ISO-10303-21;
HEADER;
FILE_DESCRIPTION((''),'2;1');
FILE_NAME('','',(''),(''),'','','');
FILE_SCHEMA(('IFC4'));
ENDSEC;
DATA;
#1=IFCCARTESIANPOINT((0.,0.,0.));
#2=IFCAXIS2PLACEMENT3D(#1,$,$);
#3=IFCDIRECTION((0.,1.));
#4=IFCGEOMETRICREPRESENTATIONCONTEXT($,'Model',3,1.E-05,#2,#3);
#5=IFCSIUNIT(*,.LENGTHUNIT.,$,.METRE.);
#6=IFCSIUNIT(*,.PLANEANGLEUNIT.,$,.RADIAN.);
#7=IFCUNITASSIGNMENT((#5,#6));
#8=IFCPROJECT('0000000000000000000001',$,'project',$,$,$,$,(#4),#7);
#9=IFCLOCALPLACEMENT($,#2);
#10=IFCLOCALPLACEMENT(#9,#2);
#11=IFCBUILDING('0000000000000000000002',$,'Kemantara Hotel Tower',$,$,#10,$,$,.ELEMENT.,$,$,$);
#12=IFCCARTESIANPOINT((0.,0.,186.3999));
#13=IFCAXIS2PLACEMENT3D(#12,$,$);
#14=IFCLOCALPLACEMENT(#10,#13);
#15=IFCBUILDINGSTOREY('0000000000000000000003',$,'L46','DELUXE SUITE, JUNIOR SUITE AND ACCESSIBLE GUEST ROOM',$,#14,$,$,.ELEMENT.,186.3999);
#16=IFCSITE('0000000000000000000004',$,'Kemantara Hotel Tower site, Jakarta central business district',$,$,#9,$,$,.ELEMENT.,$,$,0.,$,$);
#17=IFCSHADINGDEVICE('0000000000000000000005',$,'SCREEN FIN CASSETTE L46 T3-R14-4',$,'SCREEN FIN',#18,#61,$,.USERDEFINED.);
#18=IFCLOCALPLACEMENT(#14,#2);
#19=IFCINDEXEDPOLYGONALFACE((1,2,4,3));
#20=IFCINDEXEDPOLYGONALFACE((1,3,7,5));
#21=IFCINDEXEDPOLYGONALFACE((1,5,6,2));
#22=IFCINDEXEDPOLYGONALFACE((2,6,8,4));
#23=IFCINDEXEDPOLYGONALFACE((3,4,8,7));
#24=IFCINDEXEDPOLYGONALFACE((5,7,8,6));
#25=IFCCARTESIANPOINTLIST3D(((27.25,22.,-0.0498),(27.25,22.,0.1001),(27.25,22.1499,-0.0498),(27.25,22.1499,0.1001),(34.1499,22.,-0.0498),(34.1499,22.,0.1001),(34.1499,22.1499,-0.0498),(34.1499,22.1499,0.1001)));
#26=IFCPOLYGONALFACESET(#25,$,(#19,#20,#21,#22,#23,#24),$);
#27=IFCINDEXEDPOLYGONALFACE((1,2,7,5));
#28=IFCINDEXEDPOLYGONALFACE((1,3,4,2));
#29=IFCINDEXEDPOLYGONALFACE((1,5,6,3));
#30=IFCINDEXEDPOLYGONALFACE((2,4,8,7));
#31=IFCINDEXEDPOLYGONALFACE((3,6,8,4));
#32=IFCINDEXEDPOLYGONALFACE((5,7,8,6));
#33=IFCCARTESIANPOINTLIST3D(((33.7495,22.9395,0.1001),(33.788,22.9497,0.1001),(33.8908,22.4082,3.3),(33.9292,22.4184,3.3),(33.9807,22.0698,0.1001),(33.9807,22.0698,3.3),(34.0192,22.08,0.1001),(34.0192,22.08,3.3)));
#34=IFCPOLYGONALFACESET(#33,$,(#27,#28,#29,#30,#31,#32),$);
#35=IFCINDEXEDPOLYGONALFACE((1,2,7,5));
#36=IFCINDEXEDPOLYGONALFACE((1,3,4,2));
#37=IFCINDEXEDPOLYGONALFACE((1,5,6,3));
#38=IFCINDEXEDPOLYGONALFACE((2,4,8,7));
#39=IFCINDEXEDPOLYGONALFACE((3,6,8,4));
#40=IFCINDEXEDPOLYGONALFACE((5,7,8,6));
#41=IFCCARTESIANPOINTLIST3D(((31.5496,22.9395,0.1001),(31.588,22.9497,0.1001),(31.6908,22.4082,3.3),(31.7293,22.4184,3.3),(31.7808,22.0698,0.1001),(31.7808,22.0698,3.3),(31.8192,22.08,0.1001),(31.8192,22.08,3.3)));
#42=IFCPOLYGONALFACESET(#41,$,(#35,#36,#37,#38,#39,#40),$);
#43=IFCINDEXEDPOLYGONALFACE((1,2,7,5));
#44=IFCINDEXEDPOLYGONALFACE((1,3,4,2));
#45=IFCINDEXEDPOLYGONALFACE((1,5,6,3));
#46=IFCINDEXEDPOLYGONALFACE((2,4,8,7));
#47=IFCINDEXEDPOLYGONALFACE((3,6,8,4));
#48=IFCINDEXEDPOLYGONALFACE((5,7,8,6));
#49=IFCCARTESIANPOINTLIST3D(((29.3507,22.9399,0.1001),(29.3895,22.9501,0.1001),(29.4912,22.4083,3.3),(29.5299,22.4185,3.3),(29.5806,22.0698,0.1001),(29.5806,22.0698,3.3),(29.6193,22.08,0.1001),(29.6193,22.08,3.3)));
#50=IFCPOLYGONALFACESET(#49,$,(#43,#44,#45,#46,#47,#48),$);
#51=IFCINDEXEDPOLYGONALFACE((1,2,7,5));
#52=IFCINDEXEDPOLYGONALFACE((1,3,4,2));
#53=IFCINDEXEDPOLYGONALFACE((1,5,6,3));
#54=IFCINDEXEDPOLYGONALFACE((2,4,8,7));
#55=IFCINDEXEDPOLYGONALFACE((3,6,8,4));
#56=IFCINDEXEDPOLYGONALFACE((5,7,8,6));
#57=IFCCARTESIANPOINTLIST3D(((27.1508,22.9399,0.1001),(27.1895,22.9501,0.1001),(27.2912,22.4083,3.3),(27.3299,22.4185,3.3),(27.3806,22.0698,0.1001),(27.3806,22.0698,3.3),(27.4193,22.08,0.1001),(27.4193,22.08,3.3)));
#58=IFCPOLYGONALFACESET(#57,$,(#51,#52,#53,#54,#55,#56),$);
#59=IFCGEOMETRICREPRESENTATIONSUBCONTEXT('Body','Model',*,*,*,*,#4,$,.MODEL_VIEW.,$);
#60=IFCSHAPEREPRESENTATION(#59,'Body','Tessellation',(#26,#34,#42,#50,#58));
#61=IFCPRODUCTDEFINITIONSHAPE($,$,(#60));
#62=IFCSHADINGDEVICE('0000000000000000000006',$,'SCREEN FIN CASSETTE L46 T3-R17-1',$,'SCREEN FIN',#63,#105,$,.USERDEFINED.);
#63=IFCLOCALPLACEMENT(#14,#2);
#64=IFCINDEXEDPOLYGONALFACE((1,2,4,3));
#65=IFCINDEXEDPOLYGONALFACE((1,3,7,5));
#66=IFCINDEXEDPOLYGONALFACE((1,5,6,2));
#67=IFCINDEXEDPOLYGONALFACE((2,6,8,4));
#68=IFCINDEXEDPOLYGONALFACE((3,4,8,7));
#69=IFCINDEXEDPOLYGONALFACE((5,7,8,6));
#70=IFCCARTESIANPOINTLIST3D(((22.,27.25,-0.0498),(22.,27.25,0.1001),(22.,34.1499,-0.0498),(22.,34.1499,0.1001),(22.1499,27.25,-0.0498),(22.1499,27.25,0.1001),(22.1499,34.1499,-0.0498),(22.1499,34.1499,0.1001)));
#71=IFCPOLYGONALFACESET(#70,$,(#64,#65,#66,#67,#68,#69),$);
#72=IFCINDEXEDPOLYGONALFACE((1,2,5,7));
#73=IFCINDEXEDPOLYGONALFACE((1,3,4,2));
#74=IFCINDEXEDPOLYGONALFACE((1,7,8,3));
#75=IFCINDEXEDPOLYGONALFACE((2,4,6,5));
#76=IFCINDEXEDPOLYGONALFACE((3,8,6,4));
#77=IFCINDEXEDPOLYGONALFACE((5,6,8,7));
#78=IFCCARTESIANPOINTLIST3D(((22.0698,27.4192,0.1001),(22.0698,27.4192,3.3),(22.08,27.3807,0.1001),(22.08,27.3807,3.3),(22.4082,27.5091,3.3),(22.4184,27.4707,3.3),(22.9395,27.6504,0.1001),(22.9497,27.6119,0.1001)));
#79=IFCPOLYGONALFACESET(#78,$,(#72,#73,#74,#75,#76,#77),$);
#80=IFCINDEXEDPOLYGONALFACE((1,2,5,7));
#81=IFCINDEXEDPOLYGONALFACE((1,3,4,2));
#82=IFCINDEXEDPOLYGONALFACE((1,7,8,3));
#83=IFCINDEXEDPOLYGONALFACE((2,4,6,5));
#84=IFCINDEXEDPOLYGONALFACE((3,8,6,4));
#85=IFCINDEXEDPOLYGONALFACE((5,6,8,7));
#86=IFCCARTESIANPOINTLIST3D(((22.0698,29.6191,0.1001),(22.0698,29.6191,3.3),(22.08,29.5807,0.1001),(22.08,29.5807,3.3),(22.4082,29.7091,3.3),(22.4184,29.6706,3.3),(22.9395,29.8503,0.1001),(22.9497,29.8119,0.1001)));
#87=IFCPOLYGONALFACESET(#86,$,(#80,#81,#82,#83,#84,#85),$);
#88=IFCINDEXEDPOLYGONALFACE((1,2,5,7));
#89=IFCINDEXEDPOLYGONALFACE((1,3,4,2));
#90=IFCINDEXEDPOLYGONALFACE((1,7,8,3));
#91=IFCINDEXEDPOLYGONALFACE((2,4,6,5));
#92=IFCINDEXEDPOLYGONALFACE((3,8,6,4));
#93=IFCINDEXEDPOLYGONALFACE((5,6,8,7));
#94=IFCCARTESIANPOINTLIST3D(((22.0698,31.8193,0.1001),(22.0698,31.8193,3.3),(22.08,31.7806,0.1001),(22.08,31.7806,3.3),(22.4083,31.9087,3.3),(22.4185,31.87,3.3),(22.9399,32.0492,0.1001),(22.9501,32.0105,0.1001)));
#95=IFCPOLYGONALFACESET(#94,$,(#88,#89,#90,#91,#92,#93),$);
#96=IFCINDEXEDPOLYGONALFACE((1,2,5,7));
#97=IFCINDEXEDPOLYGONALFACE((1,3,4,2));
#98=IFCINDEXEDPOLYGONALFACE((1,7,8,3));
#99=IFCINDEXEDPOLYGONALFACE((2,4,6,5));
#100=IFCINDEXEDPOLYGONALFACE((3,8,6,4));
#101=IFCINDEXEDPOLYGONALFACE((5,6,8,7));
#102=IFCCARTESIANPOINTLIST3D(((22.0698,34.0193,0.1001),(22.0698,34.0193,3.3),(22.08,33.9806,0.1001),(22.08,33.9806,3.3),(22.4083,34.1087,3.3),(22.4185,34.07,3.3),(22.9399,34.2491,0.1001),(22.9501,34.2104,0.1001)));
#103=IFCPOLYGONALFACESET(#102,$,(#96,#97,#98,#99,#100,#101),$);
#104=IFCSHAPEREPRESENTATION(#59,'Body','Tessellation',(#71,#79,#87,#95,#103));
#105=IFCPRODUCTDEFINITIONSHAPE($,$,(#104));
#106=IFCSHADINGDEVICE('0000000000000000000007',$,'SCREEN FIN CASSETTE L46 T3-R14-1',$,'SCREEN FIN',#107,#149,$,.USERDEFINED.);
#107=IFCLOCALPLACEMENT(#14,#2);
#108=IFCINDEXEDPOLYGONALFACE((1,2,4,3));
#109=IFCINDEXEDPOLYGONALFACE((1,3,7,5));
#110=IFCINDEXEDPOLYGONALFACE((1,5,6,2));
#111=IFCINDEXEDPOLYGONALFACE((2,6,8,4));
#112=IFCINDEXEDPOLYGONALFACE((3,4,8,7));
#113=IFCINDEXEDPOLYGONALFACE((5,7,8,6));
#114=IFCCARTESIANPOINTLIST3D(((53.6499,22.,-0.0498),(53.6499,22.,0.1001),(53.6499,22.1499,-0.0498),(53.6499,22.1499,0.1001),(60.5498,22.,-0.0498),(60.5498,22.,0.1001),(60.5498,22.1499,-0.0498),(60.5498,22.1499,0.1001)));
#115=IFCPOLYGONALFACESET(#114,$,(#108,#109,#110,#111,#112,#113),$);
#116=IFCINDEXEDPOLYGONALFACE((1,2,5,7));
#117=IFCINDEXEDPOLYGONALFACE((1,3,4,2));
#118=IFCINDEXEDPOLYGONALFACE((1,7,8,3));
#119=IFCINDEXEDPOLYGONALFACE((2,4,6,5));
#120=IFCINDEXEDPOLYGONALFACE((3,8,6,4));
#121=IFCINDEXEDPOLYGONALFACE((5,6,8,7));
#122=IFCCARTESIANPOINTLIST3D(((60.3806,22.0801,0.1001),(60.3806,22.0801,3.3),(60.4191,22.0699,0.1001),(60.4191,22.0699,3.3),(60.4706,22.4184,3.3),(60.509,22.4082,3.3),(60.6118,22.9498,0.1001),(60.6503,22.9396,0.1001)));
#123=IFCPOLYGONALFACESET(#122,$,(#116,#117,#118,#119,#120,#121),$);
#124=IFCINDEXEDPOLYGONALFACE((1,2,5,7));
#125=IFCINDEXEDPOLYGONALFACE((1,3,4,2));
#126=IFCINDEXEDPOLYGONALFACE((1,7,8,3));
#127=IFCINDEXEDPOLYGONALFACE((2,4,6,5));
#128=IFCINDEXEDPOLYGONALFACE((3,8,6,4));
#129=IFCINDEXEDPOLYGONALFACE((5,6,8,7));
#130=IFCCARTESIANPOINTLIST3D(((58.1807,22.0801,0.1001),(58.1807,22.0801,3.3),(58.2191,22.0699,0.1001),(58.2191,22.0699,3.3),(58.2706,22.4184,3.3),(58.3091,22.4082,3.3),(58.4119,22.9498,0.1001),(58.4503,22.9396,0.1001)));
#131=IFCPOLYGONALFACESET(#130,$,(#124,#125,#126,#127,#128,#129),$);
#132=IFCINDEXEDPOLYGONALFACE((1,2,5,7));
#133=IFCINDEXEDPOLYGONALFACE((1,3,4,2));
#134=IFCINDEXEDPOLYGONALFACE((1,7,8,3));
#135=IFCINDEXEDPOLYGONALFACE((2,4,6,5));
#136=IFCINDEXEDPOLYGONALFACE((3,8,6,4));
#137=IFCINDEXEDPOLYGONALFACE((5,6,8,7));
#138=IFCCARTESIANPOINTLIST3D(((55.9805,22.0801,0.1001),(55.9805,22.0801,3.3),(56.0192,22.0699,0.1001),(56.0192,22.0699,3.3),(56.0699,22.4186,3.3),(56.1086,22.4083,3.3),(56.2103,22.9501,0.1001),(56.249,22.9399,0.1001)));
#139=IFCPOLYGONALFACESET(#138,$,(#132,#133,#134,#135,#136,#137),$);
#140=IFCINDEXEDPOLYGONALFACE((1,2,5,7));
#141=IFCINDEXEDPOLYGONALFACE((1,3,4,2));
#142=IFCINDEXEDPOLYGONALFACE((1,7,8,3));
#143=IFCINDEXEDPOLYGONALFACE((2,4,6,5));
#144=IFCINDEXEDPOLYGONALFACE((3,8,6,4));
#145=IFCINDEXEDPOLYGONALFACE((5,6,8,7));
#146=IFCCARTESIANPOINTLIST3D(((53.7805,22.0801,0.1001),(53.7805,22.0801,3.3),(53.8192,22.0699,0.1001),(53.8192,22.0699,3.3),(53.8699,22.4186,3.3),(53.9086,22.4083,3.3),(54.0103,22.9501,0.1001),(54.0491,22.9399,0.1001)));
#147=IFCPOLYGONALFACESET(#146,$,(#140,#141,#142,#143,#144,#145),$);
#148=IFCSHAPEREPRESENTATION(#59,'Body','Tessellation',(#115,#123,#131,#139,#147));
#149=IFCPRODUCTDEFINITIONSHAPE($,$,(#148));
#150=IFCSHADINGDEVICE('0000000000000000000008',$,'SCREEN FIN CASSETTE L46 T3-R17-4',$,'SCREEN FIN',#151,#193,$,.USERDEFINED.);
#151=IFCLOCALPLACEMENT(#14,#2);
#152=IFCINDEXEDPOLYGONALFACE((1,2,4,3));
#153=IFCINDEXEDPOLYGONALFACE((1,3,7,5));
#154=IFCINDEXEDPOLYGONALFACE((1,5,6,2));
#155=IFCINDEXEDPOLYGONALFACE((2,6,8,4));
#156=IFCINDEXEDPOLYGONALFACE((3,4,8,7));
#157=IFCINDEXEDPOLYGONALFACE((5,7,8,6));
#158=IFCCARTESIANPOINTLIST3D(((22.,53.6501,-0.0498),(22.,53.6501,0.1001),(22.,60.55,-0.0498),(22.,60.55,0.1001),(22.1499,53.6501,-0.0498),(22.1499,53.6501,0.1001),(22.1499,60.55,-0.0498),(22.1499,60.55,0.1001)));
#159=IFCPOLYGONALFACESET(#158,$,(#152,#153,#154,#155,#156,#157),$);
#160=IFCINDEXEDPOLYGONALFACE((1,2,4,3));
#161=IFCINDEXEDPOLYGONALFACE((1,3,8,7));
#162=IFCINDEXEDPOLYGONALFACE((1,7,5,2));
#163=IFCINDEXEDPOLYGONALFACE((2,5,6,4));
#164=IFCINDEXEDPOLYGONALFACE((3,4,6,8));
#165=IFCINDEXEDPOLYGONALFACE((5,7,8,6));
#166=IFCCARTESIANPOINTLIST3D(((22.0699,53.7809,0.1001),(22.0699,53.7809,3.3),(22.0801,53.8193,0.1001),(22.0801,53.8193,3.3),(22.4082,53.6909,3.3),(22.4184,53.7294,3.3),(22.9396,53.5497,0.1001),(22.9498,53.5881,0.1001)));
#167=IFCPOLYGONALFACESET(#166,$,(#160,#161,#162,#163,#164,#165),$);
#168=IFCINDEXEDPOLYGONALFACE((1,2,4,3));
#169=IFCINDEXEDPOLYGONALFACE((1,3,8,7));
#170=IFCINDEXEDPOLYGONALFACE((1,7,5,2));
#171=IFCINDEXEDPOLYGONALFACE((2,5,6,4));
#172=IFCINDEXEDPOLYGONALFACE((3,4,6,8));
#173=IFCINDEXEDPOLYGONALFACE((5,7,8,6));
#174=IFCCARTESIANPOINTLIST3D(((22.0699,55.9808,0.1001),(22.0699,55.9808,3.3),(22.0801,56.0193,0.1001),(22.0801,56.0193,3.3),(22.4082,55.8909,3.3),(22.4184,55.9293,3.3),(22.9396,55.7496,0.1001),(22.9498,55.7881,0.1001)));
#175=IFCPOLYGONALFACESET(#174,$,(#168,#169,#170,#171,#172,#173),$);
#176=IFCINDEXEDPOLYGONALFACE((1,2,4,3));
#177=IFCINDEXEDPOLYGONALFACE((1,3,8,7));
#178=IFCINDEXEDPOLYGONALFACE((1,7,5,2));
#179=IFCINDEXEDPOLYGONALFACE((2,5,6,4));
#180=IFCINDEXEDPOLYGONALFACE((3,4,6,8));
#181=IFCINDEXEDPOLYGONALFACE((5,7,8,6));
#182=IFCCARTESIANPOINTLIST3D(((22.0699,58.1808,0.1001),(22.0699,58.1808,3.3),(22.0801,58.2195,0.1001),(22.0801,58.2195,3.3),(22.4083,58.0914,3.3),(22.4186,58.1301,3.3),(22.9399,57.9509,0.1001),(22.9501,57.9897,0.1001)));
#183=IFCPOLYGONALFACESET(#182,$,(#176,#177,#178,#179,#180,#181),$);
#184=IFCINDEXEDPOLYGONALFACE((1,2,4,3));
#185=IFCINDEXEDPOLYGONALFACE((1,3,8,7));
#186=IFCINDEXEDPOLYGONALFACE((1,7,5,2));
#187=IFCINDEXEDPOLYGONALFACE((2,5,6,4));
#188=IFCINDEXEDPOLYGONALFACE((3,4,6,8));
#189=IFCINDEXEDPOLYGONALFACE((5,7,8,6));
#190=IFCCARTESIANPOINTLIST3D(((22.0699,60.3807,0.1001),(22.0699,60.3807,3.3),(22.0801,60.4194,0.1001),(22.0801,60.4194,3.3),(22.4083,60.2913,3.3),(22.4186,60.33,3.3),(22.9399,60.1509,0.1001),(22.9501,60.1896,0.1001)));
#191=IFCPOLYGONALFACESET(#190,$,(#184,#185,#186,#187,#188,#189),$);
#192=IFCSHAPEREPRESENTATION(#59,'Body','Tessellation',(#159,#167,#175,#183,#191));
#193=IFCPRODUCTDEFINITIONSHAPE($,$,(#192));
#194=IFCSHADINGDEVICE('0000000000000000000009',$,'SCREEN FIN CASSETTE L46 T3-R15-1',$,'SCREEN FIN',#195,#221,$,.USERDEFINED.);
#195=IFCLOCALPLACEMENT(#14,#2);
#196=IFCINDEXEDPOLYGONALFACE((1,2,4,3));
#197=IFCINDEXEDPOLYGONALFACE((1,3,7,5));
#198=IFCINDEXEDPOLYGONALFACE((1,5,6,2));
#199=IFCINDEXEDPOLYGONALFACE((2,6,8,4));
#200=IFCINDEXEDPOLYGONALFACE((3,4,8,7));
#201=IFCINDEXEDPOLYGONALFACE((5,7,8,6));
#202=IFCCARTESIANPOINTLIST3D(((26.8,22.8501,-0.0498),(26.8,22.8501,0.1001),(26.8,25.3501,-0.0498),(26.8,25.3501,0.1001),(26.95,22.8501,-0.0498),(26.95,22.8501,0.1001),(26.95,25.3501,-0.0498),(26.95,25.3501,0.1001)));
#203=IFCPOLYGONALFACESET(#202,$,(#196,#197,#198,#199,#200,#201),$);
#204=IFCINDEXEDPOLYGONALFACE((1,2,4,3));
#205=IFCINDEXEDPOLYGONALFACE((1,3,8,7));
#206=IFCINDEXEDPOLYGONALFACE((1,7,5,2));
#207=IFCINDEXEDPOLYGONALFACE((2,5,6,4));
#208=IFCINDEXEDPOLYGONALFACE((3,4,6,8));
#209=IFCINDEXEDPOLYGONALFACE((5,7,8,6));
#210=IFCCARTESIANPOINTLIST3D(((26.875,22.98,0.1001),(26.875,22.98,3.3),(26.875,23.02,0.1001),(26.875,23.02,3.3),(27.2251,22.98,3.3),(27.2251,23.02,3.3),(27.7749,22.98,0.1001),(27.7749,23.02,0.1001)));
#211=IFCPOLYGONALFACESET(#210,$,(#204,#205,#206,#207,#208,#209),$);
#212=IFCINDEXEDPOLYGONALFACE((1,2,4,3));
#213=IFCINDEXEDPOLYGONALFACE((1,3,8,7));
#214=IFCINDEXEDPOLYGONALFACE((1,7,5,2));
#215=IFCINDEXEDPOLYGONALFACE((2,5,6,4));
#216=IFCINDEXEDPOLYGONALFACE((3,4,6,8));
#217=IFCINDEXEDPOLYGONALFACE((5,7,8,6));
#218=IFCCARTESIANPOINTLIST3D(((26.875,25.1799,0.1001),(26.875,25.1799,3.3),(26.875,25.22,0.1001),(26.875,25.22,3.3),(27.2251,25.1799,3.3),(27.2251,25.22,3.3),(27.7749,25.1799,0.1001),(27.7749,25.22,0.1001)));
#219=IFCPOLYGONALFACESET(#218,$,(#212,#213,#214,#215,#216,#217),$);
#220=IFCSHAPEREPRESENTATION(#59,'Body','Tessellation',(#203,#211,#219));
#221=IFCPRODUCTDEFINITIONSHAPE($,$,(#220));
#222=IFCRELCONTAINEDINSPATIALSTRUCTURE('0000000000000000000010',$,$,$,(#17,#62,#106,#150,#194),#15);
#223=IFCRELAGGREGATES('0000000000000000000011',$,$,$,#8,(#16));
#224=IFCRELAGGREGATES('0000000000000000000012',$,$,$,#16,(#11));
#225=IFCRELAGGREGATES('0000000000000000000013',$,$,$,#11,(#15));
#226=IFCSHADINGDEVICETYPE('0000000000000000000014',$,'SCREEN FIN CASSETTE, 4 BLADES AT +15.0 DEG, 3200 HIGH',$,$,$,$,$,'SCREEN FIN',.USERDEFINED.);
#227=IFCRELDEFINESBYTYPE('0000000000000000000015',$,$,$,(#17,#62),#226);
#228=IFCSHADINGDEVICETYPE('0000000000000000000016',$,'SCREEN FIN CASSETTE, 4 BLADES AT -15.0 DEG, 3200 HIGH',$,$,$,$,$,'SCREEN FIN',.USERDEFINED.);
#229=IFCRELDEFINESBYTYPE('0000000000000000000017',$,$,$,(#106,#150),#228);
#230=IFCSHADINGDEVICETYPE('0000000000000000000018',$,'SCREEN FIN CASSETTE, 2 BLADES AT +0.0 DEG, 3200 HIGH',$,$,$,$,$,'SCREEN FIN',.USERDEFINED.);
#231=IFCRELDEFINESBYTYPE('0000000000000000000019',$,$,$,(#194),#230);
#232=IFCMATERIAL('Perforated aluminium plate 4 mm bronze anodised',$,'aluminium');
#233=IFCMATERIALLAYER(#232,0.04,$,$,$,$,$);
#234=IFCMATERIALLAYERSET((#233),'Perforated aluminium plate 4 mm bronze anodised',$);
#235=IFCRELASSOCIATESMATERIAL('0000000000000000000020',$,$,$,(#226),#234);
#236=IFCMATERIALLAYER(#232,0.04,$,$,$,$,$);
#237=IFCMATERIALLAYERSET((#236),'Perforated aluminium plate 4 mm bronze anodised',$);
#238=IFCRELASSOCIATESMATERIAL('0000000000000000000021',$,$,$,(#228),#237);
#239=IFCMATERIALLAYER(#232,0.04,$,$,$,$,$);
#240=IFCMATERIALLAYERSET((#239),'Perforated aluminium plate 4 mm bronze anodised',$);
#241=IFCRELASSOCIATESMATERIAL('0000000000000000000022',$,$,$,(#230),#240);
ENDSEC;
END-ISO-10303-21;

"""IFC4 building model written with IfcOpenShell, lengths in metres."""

from ifc_helpers import new_model, si_unit, direction, frame, origin, origin_2d, place, context, subcontext, project, spatial, polyline, rectangle, outline, extrude, source, transform, mapped, material, layer, layer_set, type_object, element, save


model = new_model("IFC4")

# Units and contexts
model_context = context("Model", 3, precision=1e-05, world=origin(), true_north=direction((0.0, 1.0)))
body_context = subcontext(model_context, "Body", "Model", "MODEL_VIEW")
ifc_project = project(units=[si_unit("LENGTHUNIT", "METRE"), si_unit("PLANEANGLEUNIT", "RADIAN")], contexts=[model_context])

# Site, building, storey
site_placement = place(None, origin())
site = spatial("IfcSite", under=ifc_project, at=site_placement, Name="Kemantara Hotel Tower site, Jakarta central business district", CompositionType="ELEMENT", RefElevation=0.0)
building_placement = place(site_placement, origin())
building = spatial("IfcBuilding", under=site, at=building_placement, Name="Kemantara Hotel Tower", CompositionType="ELEMENT")
storey_placement = place(building_placement, frame((0.0, 0.0, 186.3999)))
storey = spatial("IfcBuildingStorey", under=building, at=storey_placement, Name="L46", Description="DELUXE SUITE, JUNIOR SUITE AND ACCESSIBLE GUEST ROOM", CompositionType="ELEMENT", Elevation=186.3999)

# Shading devices
ifc_material_1 = material(Name="Perforated aluminium plate 4 mm bronze anodised", Category="aluminium")
ifc_layer_1 = layer(ifc_material_1, 0.04)
ifc_layer_set_1 = layer_set([ifc_layer_1], Name="Perforated aluminium plate 4 mm bronze anodised")
shading_device_type_1 = type_object("IfcShadingDeviceType", Name="SCREEN FIN CASSETTE, 4 BLADES AT +15.0 DEG, 3200 HIGH", ElementType="SCREEN FIN", PredefinedType="USERDEFINED", material=ifc_layer_set_1)
shared_shape_1 = source(origin(), body_context, "Body", "SweptSolid", [
    extrude(rectangle(XDim=6.8999, YDim=0.1499, at=origin_2d()), frame((3.3, -0.075, -0.1499), z_axis=(0.0, 0.0, 1.0), x_axis=(1.0, 0.0, 0.0)), (0.0, 0.0, 1.0), 0.1499),
    extrude(outline(polyline([(0.0, 0.0), (0.8999, 0.0), (0.3501, 3.2), (0.0, 3.2), (0.0, 0.0)])), frame((0.0193, -0.0698, 0.0), z_axis=(-0.966438, -0.256901, 0.0), x_axis=(0.256901, -0.966438, 0.0)), (0.0, 0.0, 1.0), 0.0398),
    extrude(outline(polyline([(0.0, 0.0), (0.8999, 0.0), (0.3501, 3.2), (0.0, 3.2), (0.0, 0.0)])), frame((2.2192, -0.0698, 0.0), z_axis=(-0.966438, -0.256901, 0.0), x_axis=(0.256901, -0.966438, 0.0)), (0.0, 0.0, 1.0), 0.0398),
    extrude(outline(polyline([(0.0, 0.0), (0.8999, 0.0), (0.3501, 3.2), (0.0, 3.2), (0.0, 0.0)])), frame((4.4194, -0.0698, 0.0), z_axis=(-0.966838, -0.255391, 0.0), x_axis=(0.255391, -0.966838, 0.0)), (0.0, 0.0, 1.0), 0.04),
    extrude(outline(polyline([(0.0, 0.0), (0.8999, 0.0), (0.3501, 3.2), (0.0, 3.2), (0.0, 0.0)])), frame((6.6194, -0.0698, 0.0), z_axis=(-0.966838, -0.255391, 0.0), x_axis=(0.255391, -0.966838, 0.0)), (0.0, 0.0, 1.0), 0.04),
])
for number, where, z_axis, x_axis, name in (
    (1, (34.0, 22.0, 0.1001), (0.0, 0.0, 1.0), (-1.0, 0.0, 0.0), "SCREEN FIN CASSETTE L46 T3-R14-4"),
    (2, (22.0, 27.3999, 0.1001), (0.0, 0.0, 1.0), (0.0, 1.0, 0.0), "SCREEN FIN CASSETTE L46 T3-R17-1"),
):
    element("IfcShadingDevice", number, at=place(storey_placement, frame(where, z_axis=z_axis, x_axis=x_axis)), inside=storey, type_object=shading_device_type_1, Name=name, ObjectType="SCREEN FIN", PredefinedType="USERDEFINED", context=body_context, shape_type="MappedRepresentation", body=[
        mapped(shared_shape_1, transform((0.0, 0.0, 0.0))),
    ])
ifc_layer_2 = layer(ifc_material_1, 0.04)
ifc_layer_set_2 = layer_set([ifc_layer_2], Name="Perforated aluminium plate 4 mm bronze anodised")
shading_device_type_2 = type_object("IfcShadingDeviceType", Name="SCREEN FIN CASSETTE, 4 BLADES AT -15.0 DEG, 3200 HIGH", ElementType="SCREEN FIN", PredefinedType="USERDEFINED", material=ifc_layer_set_2)
shared_shape_2 = source(origin(), body_context, "Body", "SweptSolid", [
    extrude(rectangle(XDim=6.8999, YDim=0.1499, at=origin_2d()), frame((3.3, -0.075, -0.1499), z_axis=(0.0, 0.0, 1.0), x_axis=(1.0, 0.0, 0.0)), (0.0, 0.0, 1.0), 0.1499),
    extrude(outline(polyline([(0.0, 0.0), (0.8999, 0.0), (0.3501, 3.2), (0.0, 3.2), (0.0, 0.0)])), frame((0.0193, -0.0801, 0.0), z_axis=(-0.966438, 0.256901, 0.0), x_axis=(-0.256901, -0.966438, 0.0)), (0.0, 0.0, 1.0), 0.0398),
    extrude(outline(polyline([(0.0, 0.0), (0.8999, 0.0), (0.3501, 3.2), (0.0, 3.2), (0.0, 0.0)])), frame((2.2192, -0.0801, 0.0), z_axis=(-0.966438, 0.256901, 0.0), x_axis=(-0.256901, -0.966438, 0.0)), (0.0, 0.0, 1.0), 0.0398),
    extrude(outline(polyline([(0.0, 0.0), (0.8999, 0.0), (0.3501, 3.2), (0.0, 3.2), (0.0, 0.0)])), frame((4.4194, -0.0801, 0.0), z_axis=(-0.966838, 0.255391, 0.0), x_axis=(-0.255391, -0.966838, 0.0)), (0.0, 0.0, 1.0), 0.04),
    extrude(outline(polyline([(0.0, 0.0), (0.8999, 0.0), (0.3501, 3.2), (0.0, 3.2), (0.0, 0.0)])), frame((6.6194, -0.0801, 0.0), z_axis=(-0.966838, 0.255391, 0.0), x_axis=(-0.255391, -0.966838, 0.0)), (0.0, 0.0, 1.0), 0.04),
])
for number, where, z_axis, x_axis, name in (
    (3, (60.3999, 22.0, 0.1001), (0.0, 0.0, 1.0), (-1.0, 0.0, 0.0), "SCREEN FIN CASSETTE L46 T3-R14-1"),
    (4, (22.0, 53.8, 0.1001), (0.0, 0.0, 1.0), (0.0, 1.0, 0.0), "SCREEN FIN CASSETTE L46 T3-R17-4"),
):
    element("IfcShadingDevice", number, at=place(storey_placement, frame(where, z_axis=z_axis, x_axis=x_axis)), inside=storey, type_object=shading_device_type_2, Name=name, ObjectType="SCREEN FIN", PredefinedType="USERDEFINED", context=body_context, shape_type="MappedRepresentation", body=[
        mapped(shared_shape_2, transform((0.0, 0.0, 0.0))),
    ])
ifc_layer_3 = layer(ifc_material_1, 0.04)
ifc_layer_set_3 = layer_set([ifc_layer_3], Name="Perforated aluminium plate 4 mm bronze anodised")
shading_device_type_3 = type_object("IfcShadingDeviceType", Name="SCREEN FIN CASSETTE, 2 BLADES AT +0.0 DEG, 3200 HIGH", ElementType="SCREEN FIN", PredefinedType="USERDEFINED", material=ifc_layer_set_3)
shared_shape_3 = source(origin(), body_context, "Body", "SweptSolid", [
    extrude(rectangle(XDim=2.5, YDim=0.1499, at=origin_2d()), frame((1.1001, -0.075, -0.1499), z_axis=(0.0, 0.0, 1.0), x_axis=(1.0, 0.0, 0.0)), (0.0, 0.0, 1.0), 0.1499),
    extrude(outline(polyline([(0.0, 0.0), (0.8999, 0.0), (0.3501, 3.2), (0.0, 3.2), (0.0, 0.0)])), frame((0.02, -0.075, 0.0), z_axis=(-1.0, 0.0, 0.0), x_axis=(0.0, -1.0, 0.0)), (0.0, 0.0, 1.0), 0.04),
    extrude(outline(polyline([(0.0, 0.0), (0.8999, 0.0), (0.3501, 3.2), (0.0, 3.2), (0.0, 0.0)])), frame((2.22, -0.075, 0.0), z_axis=(-1.0, 0.0, 0.0), x_axis=(0.0, -1.0, 0.0)), (0.0, 0.0, 1.0), 0.04),
])
for number, where, z_axis, x_axis, name in (
    (5, (26.8, 23.0, 0.1001), (0.0, 0.0, 1.0), (0.0, 1.0, 0.0), "SCREEN FIN CASSETTE L46 T3-R15-1"),
):
    element("IfcShadingDevice", number, at=place(storey_placement, frame(where, z_axis=z_axis, x_axis=x_axis)), inside=storey, type_object=shading_device_type_3, Name=name, ObjectType="SCREEN FIN", PredefinedType="USERDEFINED", context=body_context, shape_type="MappedRepresentation", body=[
        mapped(shared_shape_3, transform((0.0, 0.0, 0.0))),
    ])

save(model, "model.ifc")
